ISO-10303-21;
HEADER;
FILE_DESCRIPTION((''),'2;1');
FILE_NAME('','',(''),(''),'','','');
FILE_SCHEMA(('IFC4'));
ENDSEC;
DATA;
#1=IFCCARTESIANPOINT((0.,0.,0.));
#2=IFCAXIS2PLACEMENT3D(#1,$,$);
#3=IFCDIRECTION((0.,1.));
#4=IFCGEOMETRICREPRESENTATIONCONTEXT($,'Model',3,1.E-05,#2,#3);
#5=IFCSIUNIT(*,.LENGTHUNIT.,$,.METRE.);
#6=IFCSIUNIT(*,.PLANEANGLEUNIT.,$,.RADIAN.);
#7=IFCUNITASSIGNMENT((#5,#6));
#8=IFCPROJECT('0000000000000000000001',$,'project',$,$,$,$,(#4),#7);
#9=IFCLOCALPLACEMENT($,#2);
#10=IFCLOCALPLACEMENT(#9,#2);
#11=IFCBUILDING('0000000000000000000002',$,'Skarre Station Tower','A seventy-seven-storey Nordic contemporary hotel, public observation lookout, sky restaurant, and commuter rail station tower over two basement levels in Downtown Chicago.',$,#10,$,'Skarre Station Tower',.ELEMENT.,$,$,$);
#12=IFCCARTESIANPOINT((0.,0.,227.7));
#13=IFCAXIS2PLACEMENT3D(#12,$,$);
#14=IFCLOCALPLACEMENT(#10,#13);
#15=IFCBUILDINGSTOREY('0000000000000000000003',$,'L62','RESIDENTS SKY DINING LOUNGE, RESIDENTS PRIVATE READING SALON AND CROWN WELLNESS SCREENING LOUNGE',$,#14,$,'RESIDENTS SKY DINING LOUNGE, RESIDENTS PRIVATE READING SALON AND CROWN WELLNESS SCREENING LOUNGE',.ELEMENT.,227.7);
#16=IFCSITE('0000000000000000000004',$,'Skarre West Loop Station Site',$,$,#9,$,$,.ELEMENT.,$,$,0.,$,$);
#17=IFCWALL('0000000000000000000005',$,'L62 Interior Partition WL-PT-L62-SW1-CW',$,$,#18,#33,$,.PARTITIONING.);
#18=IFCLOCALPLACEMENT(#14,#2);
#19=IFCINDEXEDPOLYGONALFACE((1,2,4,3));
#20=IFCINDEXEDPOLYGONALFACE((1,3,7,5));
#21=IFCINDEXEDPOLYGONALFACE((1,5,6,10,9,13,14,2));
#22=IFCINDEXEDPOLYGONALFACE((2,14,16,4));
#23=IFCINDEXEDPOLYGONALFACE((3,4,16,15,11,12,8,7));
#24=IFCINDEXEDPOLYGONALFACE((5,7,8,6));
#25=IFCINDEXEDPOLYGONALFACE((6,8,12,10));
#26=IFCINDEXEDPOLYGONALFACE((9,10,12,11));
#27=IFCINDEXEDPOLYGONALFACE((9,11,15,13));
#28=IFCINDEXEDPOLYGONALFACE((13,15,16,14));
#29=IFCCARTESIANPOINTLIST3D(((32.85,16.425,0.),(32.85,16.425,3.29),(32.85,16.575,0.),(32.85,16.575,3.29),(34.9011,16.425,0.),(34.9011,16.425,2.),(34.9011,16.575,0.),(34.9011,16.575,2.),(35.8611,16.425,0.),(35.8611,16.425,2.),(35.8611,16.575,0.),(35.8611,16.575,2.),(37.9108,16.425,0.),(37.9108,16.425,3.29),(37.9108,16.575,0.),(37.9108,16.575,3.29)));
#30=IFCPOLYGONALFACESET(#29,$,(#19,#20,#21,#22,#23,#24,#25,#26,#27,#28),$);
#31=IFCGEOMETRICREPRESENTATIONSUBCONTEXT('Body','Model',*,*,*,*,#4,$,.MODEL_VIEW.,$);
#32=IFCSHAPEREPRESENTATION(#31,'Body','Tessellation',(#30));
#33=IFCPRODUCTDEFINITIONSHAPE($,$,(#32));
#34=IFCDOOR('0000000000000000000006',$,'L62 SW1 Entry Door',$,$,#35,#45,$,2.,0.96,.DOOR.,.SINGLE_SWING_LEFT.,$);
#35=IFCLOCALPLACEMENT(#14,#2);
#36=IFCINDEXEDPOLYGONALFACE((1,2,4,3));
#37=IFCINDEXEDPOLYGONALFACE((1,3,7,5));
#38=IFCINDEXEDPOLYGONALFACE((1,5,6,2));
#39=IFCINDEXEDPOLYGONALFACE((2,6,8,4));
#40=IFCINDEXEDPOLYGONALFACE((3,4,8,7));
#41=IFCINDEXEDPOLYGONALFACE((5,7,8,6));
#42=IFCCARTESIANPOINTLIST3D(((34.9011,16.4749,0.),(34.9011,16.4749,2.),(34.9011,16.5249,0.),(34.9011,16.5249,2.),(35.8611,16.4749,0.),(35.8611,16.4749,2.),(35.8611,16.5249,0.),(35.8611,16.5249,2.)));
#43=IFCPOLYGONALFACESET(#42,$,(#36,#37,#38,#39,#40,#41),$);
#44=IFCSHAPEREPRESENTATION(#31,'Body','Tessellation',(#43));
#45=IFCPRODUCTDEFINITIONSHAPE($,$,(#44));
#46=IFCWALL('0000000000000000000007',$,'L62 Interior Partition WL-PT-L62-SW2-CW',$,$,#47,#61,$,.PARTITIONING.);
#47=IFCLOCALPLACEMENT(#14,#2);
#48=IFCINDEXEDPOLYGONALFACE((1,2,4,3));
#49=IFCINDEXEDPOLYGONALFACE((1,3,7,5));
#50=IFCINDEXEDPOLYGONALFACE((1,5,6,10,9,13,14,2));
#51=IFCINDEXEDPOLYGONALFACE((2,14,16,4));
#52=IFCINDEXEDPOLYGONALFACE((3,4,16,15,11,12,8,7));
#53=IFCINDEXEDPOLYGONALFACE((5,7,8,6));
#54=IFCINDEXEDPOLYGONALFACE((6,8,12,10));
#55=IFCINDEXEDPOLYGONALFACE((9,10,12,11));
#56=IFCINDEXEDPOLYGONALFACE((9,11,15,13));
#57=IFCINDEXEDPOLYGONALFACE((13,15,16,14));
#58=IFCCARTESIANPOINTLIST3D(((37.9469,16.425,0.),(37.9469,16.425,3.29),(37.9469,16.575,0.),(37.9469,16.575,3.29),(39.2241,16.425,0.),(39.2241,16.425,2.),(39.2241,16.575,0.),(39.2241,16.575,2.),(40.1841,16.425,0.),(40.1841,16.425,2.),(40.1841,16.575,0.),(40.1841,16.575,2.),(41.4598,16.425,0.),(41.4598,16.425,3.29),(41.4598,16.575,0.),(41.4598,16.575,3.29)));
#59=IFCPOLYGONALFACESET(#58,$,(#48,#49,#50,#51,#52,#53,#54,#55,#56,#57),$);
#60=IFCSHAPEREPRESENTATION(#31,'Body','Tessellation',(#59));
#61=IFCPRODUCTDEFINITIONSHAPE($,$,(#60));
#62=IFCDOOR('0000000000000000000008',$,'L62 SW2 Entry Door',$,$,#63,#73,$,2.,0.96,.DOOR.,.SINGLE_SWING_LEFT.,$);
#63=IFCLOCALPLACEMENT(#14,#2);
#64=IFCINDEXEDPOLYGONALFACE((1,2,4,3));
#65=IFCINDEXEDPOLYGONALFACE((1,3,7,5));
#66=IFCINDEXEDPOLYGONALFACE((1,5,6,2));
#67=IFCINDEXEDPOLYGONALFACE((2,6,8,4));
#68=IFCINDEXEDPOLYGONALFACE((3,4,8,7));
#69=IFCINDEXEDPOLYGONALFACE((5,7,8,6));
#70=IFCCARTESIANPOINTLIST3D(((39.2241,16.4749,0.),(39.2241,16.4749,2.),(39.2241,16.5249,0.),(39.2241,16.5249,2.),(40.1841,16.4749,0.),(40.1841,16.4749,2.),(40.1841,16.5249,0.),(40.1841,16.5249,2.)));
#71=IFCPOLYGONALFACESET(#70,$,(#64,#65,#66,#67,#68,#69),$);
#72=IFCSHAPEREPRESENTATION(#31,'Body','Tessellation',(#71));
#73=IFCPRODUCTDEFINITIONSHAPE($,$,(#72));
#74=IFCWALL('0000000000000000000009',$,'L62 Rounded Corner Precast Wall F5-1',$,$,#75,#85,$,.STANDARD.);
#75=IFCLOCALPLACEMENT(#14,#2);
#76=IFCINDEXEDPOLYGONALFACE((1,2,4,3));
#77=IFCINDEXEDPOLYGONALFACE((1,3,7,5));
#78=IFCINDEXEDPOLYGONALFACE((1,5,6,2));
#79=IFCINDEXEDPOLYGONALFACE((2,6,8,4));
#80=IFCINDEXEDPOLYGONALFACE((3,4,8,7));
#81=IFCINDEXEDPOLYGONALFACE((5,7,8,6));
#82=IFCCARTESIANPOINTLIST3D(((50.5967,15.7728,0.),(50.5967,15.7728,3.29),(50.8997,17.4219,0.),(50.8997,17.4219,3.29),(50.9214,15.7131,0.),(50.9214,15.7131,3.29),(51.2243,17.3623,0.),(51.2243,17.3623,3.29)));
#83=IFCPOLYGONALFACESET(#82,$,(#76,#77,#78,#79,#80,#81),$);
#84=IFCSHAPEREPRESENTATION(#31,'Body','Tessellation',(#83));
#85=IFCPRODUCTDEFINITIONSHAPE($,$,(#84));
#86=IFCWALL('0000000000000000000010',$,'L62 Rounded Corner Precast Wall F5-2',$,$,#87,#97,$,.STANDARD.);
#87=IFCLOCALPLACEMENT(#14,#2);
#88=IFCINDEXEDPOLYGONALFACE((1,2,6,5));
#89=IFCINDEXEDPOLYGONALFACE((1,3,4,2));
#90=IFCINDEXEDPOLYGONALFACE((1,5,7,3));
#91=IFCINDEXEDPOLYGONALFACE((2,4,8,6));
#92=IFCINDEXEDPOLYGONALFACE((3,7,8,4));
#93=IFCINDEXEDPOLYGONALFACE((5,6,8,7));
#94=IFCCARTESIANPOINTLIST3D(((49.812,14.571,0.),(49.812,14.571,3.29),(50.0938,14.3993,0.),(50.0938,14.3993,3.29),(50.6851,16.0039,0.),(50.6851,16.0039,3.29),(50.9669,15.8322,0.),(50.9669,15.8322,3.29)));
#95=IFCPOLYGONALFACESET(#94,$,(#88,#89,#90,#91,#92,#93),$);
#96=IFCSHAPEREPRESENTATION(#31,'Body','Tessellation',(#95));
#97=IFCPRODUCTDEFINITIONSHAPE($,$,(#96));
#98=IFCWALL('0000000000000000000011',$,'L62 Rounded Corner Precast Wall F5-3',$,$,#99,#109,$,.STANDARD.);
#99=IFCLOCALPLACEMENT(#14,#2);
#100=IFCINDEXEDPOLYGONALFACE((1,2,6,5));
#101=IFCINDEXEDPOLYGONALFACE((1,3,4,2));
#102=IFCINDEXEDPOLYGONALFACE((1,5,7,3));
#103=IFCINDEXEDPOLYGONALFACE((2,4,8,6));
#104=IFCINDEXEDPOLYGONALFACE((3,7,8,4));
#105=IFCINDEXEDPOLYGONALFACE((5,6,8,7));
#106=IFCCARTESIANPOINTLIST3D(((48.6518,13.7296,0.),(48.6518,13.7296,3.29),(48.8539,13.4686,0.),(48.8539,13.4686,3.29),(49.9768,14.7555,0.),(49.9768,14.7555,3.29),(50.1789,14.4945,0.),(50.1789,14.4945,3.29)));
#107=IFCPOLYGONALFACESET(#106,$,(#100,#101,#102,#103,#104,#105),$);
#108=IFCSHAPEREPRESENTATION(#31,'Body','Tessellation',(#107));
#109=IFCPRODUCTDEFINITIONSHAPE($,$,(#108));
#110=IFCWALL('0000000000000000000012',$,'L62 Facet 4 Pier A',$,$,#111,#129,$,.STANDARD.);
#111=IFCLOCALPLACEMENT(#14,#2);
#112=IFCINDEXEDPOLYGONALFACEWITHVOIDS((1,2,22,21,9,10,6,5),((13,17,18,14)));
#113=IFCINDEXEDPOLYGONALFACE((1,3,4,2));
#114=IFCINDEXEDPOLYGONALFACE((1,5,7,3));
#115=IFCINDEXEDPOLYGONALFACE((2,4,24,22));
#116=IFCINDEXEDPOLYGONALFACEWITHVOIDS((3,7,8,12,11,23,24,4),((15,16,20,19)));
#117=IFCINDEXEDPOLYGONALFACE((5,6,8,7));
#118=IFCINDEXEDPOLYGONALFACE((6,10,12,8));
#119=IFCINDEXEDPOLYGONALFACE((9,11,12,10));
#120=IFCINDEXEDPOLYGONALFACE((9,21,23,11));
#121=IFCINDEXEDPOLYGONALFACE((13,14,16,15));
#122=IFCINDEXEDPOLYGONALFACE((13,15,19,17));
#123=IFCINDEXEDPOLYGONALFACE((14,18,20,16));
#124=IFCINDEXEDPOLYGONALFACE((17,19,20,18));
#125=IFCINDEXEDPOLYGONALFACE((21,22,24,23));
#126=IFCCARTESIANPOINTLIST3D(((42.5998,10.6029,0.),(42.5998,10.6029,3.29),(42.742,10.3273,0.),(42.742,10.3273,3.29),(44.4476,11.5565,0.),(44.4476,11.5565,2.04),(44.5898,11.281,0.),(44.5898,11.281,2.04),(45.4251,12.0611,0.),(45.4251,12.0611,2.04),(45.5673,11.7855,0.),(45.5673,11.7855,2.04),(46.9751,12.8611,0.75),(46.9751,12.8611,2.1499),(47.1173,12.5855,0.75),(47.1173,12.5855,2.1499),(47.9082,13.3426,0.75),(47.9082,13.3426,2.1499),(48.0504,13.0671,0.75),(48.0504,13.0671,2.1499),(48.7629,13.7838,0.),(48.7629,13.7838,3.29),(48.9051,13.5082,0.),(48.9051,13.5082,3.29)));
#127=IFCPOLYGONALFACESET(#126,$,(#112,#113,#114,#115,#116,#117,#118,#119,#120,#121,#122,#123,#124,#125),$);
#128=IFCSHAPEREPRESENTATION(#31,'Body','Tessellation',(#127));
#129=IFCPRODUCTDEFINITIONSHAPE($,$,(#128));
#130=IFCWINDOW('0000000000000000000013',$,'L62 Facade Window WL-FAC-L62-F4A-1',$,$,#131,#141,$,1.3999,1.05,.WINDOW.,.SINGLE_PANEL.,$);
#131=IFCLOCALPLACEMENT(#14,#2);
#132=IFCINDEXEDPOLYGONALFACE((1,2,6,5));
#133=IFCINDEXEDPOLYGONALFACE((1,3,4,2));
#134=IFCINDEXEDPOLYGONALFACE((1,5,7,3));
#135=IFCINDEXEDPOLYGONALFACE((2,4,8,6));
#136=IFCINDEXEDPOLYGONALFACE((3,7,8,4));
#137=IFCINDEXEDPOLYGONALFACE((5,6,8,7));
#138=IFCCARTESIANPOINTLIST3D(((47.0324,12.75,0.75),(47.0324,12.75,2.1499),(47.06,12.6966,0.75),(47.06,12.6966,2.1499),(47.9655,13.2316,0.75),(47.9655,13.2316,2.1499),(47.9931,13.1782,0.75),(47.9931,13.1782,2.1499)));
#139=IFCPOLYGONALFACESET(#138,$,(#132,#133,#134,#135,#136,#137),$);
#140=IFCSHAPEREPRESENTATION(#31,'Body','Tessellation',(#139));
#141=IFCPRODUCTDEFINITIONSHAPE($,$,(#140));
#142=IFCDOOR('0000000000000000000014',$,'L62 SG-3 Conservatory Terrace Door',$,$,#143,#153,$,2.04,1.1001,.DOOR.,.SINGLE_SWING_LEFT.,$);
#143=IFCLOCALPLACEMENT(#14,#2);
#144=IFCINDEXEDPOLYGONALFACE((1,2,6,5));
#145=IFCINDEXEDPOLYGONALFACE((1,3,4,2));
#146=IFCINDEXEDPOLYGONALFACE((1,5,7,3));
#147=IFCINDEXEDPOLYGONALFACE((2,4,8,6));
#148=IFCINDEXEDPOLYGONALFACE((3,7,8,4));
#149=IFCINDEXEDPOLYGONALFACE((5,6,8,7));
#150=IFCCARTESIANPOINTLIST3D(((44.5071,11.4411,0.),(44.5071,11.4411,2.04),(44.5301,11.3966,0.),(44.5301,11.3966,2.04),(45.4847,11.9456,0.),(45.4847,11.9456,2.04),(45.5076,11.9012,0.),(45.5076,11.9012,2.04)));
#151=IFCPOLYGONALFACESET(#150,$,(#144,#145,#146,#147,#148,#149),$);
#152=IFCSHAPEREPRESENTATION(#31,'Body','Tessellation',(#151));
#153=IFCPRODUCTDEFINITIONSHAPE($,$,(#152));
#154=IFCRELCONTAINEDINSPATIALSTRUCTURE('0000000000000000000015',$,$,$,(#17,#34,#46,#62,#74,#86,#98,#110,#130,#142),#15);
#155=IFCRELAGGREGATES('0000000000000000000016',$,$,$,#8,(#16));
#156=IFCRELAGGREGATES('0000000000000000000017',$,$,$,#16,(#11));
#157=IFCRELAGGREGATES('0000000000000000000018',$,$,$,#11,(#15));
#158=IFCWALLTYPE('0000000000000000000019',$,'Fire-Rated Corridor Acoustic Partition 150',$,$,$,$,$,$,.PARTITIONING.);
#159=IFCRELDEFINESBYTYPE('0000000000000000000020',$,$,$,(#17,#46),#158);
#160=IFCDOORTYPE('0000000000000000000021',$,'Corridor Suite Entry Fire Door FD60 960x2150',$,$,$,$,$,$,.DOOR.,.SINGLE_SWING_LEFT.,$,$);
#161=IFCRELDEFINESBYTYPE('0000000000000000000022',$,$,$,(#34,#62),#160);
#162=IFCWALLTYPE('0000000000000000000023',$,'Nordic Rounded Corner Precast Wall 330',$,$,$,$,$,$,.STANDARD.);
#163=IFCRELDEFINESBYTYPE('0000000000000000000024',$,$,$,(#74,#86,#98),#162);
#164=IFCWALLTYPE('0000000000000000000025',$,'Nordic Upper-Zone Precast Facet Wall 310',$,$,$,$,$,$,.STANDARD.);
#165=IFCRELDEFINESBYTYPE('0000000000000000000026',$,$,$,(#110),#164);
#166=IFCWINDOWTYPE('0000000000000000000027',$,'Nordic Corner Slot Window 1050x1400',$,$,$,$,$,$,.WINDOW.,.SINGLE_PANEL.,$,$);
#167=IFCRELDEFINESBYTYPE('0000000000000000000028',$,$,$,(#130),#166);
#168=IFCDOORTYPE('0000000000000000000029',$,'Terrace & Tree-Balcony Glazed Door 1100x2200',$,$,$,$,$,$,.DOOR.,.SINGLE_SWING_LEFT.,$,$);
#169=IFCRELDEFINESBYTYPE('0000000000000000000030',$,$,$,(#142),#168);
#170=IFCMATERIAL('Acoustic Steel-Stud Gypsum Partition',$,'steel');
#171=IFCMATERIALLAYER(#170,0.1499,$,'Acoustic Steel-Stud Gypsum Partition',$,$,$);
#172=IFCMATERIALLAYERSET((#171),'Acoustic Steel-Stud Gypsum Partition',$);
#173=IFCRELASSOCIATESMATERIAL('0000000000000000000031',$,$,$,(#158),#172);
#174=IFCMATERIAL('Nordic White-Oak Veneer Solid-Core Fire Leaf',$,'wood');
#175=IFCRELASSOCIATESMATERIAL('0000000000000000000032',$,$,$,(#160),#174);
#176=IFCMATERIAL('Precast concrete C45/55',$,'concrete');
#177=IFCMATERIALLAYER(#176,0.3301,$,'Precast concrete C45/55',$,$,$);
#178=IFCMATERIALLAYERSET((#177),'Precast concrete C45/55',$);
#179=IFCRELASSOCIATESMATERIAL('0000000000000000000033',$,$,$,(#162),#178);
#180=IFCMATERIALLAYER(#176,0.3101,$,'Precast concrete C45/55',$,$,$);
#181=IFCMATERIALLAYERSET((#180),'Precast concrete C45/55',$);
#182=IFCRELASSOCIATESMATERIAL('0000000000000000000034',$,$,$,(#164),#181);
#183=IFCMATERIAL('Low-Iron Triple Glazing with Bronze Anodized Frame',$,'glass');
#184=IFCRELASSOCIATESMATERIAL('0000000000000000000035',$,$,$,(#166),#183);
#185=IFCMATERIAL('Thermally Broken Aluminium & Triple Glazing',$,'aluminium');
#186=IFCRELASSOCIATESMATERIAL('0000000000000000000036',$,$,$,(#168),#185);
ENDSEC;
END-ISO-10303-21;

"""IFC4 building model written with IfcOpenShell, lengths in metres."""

from ifc_helpers import new_model, si_unit, direction, frame, frame_2d, origin, place, context, subcontext, project, spatial, rectangle, extrude, material, layer, layer_set, type_object, element, fill, save


model = new_model("IFC4")

# Units and contexts
model_context = context("Model", 3, precision=1e-05, world=origin(), true_north=direction((0.0, 1.0)))
body_context = subcontext(model_context, "Body", "Model", "MODEL_VIEW")
ifc_project = project(units=[si_unit("LENGTHUNIT", "METRE"), si_unit("PLANEANGLEUNIT", "RADIAN")], contexts=[model_context])

# Site, building, storey
site_placement = place(None, origin())
site = spatial("IfcSite", under=ifc_project, at=site_placement, Name="Skarre West Loop Station Site", CompositionType="ELEMENT", RefElevation=0.0)
building_placement = place(site_placement, origin())
building = spatial("IfcBuilding", under=site, at=building_placement, Name="Skarre Station Tower", Description="A seventy-seven-storey Nordic contemporary hotel, public observation lookout, sky restaurant, and commuter rail station tower over two basement levels in Downtown Chicago.", LongName="Skarre Station Tower", CompositionType="ELEMENT")
storey_placement = place(building_placement, frame((0.0, 0.0, 227.7)))
storey = spatial("IfcBuildingStorey", under=building, at=storey_placement, Name="L62", Description="RESIDENTS SKY DINING LOUNGE, RESIDENTS PRIVATE READING SALON AND CROWN WELLNESS SCREENING LOUNGE", LongName="RESIDENTS SKY DINING LOUNGE, RESIDENTS PRIVATE READING SALON AND CROWN WELLNESS SCREENING LOUNGE", CompositionType="ELEMENT", Elevation=227.7)

# Shared definitions
ifc_material_1 = material(Name="Acoustic Steel-Stud Gypsum Partition", Category="steel")
ifc_layer_1 = layer(ifc_material_1, 0.1499, Name="Acoustic Steel-Stud Gypsum Partition")
ifc_layer_set_1 = layer_set([ifc_layer_1], Name="Acoustic Steel-Stud Gypsum Partition")
wall_type_1 = type_object("IfcWallType", Name="Fire-Rated Corridor Acoustic Partition 150", PredefinedType="PARTITIONING", material=ifc_layer_set_1)

# Shared definitions
ifc_material_2 = material(Name="Nordic White-Oak Veneer Solid-Core Fire Leaf", Category="wood")
door_type_1 = type_object("IfcDoorType", Name="Corridor Suite Entry Fire Door FD60 960x2150", OperationType="SINGLE_SWING_LEFT", PredefinedType="DOOR", material=ifc_material_2)

# Walls, openings, doors
wall_1_placement = place(storey_placement, frame((32.8501, 16.5, 0.0), z_axis=(0.0, 0.0, 1.0), x_axis=(1.0, 0.0, 0.0)))
wall_1 = element("IfcWall", 1, at=wall_1_placement, inside=storey, type_object=wall_type_1, Name="L62 Interior Partition WL-PT-L62-SW1-CW", PredefinedType="PARTITIONING", context=body_context, shape_type="SweptSolid", body=[
    extrude(rectangle(XDim=5.0608, YDim=0.1499, at=frame_2d((2.5303, 0.0))), origin(), (0.0, 0.0, 1.0), 3.29),
])
opening_1_placement = place(wall_1_placement, frame((2.051, 0.0, 0.0)))
opening_1 = element("IfcOpeningElement", 2, at=opening_1_placement, cuts=wall_1, PredefinedType="OPENING", context=body_context, shape_type="SweptSolid", body=[
    extrude(rectangle(XDim=0.96, YDim=2.0, at=frame_2d((0.48, 1.0))), frame((0.0, 0.085, 0.0), z_axis=(0.0, -1.0, 0.0), x_axis=(1.0, 0.0, 0.0)), (0.0, 0.0, 1.0), 0.1699),
])
door_1_placement = place(opening_1_placement, origin())
door_1 = element("IfcDoor", 3, at=door_1_placement, inside=storey, type_object=door_type_1, Name="L62 SW1 Entry Door", OperationType="SINGLE_SWING_LEFT", OverallHeight=2.0, OverallWidth=0.96, PredefinedType="DOOR", context=body_context, shape_type="SweptSolid", body=[
    extrude(rectangle(XDim=0.96, YDim=2.0, at=frame_2d((0.48, 1.0))), frame((0.0, 0.0249, 0.0), z_axis=(0.0, -1.0, 0.0), x_axis=(1.0, 0.0, 0.0)), (0.0, 0.0, 1.0), 0.05),
])
fill(opening_1, door_1)
wall_2_placement = place(storey_placement, frame((37.947, 16.5, 0.0), z_axis=(0.0, 0.0, 1.0), x_axis=(1.0, 0.0, 0.0)))
wall_2 = element("IfcWall", 4, at=wall_2_placement, inside=storey, type_object=wall_type_1, Name="L62 Interior Partition WL-PT-L62-SW2-CW", PredefinedType="PARTITIONING", context=body_context, shape_type="SweptSolid", body=[
    extrude(rectangle(XDim=3.5129, YDim=0.1499, at=frame_2d((1.7563, 0.0))), origin(), (0.0, 0.0, 1.0), 3.29),
])
opening_2_placement = place(wall_2_placement, frame((1.2771, 0.0, 0.0)))
opening_2 = element("IfcOpeningElement", 5, at=opening_2_placement, cuts=wall_2, PredefinedType="OPENING", context=body_context, shape_type="SweptSolid", body=[
    extrude(rectangle(XDim=0.96, YDim=2.0, at=frame_2d((0.48, 1.0))), frame((0.0, 0.085, 0.0), z_axis=(0.0, -1.0, 0.0), x_axis=(1.0, 0.0, 0.0)), (0.0, 0.0, 1.0), 0.1699),
])
door_2_placement = place(opening_2_placement, origin())
door_2 = element("IfcDoor", 6, at=door_2_placement, inside=storey, type_object=door_type_1, Name="L62 SW2 Entry Door", OperationType="SINGLE_SWING_LEFT", OverallHeight=2.0, OverallWidth=0.96, PredefinedType="DOOR", context=body_context, shape_type="SweptSolid", body=[
    extrude(rectangle(XDim=0.96, YDim=2.0, at=frame_2d((0.48, 1.0))), frame((0.0, 0.0249, 0.0), z_axis=(0.0, -1.0, 0.0), x_axis=(1.0, 0.0, 0.0)), (0.0, 0.0, 1.0), 0.05),
])
fill(opening_2, door_2)

# Walls
ifc_material_3 = material(Name="Precast concrete C45/55", Category="concrete")
ifc_layer_2 = layer(ifc_material_3, 0.3301, Name="Precast concrete C45/55")
ifc_layer_set_2 = layer_set([ifc_layer_2], Name="Precast concrete C45/55")
wall_type_2 = type_object("IfcWallType", Name="Nordic Rounded Corner Precast Wall 330", PredefinedType="STANDARD", material=ifc_layer_set_2)
wall_3_placement = place(storey_placement, frame((51.062, 17.3921, 0.0), z_axis=(0.0, 0.0, 1.0), x_axis=(-0.180692, -0.98354, 0.0)))
element("IfcWall", 7, at=wall_3_placement, inside=storey, type_object=wall_type_2, Name="L62 Rounded Corner Precast Wall F5-1", PredefinedType="STANDARD", context=body_context, shape_type="SweptSolid", body=[
    extrude(rectangle(XDim=1.6768, YDim=0.3301, at=frame_2d((0.8384, 0.0))), origin(), (0.0, 0.0, 1.0), 3.29),
])
wall_4_placement = place(storey_placement, frame((50.8259, 15.918, 0.0), z_axis=(0.0, 0.0, 1.0), x_axis=(-0.520325, -0.853968, 0.0)))
element("IfcWall", 8, at=wall_4_placement, inside=storey, type_object=wall_type_2, Name="L62 Rounded Corner Precast Wall F5-2", PredefinedType="STANDARD", context=body_context, shape_type="SweptSolid", body=[
    extrude(rectangle(XDim=1.678, YDim=0.3301, at=frame_2d((0.8389, 0.0))), origin(), (0.0, 0.0, 1.0), 3.29),
])
wall_5_placement = place(storey_placement, frame((50.0779, 14.625, 0.0), z_axis=(0.0, 0.0, 1.0), x_axis=(-0.790692, -0.612214, 0.0)))
element("IfcWall", 9, at=wall_5_placement, inside=storey, type_object=wall_type_2, Name="L62 Rounded Corner Precast Wall F5-3", PredefinedType="STANDARD", context=body_context, shape_type="SweptSolid", body=[
    extrude(rectangle(XDim=1.6758, YDim=0.3301, at=frame_2d((0.8379, 0.0))), origin(), (0.0, 0.0, 1.0), 3.29),
])

# Wall, openings, window, door
ifc_layer_3 = layer(ifc_material_3, 0.3101, Name="Precast concrete C45/55")
ifc_layer_set_3 = layer_set([ifc_layer_3], Name="Precast concrete C45/55")
wall_type_3 = type_object("IfcWallType", Name="Nordic Upper-Zone Precast Facet Wall 310", PredefinedType="STANDARD", material=ifc_layer_set_3)
wall_6_placement = place(storey_placement, frame((48.834, 13.646, 0.0), z_axis=(0.0, 0.0, 1.0), x_axis=(-0.888623, -0.458638, 0.0)))
wall_6 = element("IfcWall", 10, at=wall_6_placement, inside=storey, type_object=wall_type_3, Name="L62 Facet 4 Pier A", PredefinedType="STANDARD", context=body_context, shape_type="SweptSolid", body=[
    extrude(rectangle(XDim=6.9355, YDim=0.3101, at=frame_2d((3.4678, 0.0))), origin(), (0.0, 0.0, 1.0), 3.29),
])
opening_3_placement = place(wall_6_placement, frame((3.7561, 0.0, 0.0)))
opening_3 = element("IfcOpeningElement", 11, at=opening_3_placement, cuts=wall_6, PredefinedType="OPENING", context=body_context, shape_type="SweptSolid", body=[
    extrude(rectangle(XDim=1.1001, YDim=2.04, at=frame_2d((0.55, 1.02))), frame((0.0, 0.165, 0.0), z_axis=(0.0, -1.0, 0.0), x_axis=(1.0, 0.0, 0.0)), (0.0, 0.0, 1.0), 0.3301),
])
opening_4_placement = place(wall_6_placement, frame((0.9619, 0.0, 0.75)))
opening_4 = element("IfcOpeningElement", 12, at=opening_4_placement, cuts=wall_6, PredefinedType="OPENING", context=body_context, shape_type="SweptSolid", body=[
    extrude(rectangle(XDim=1.05, YDim=1.3999, at=frame_2d((0.5249, 0.7))), frame((0.0, 0.165, 0.0), z_axis=(0.0, -1.0, 0.0), x_axis=(1.0, 0.0, 0.0)), (0.0, 0.0, 1.0), 0.3301),
])
ifc_material_4 = material(Name="Low-Iron Triple Glazing with Bronze Anodized Frame", Category="glass")
window_type = type_object("IfcWindowType", Name="Nordic Corner Slot Window 1050x1400", PartitioningType="SINGLE_PANEL", PredefinedType="WINDOW", material=ifc_material_4)
window_placement = place(opening_4_placement, origin())
window = element("IfcWindow", 13, at=window_placement, inside=storey, type_object=window_type, Name="L62 Facade Window WL-FAC-L62-F4A-1", OverallHeight=1.3999, OverallWidth=1.05, PartitioningType="SINGLE_PANEL", PredefinedType="WINDOW", context=body_context, shape_type="SweptSolid", body=[
    extrude(rectangle(XDim=1.05, YDim=1.3999, at=frame_2d((0.5249, 0.7))), frame((0.0, 0.03, 0.0), z_axis=(0.0, -1.0, 0.0), x_axis=(1.0, 0.0, 0.0)), (0.0, 0.0, 1.0), 0.0601),
])
fill(opening_4, window)
ifc_material_5 = material(Name="Thermally Broken Aluminium & Triple Glazing", Category="aluminium")
door_type_2 = type_object("IfcDoorType", Name="Terrace & Tree-Balcony Glazed Door 1100x2200", OperationType="SINGLE_SWING_LEFT", PredefinedType="DOOR", material=ifc_material_5)
door_3_placement = place(opening_3_placement, origin())
door_3 = element("IfcDoor", 14, at=door_3_placement, inside=storey, type_object=door_type_2, Name="L62 SG-3 Conservatory Terrace Door", OperationType="SINGLE_SWING_LEFT", OverallHeight=2.04, OverallWidth=1.1001, PredefinedType="DOOR", context=body_context, shape_type="SweptSolid", body=[
    extrude(rectangle(XDim=1.1001, YDim=2.04, at=frame_2d((0.55, 1.02))), frame((0.0, 0.0249, 0.0), z_axis=(0.0, -1.0, 0.0), x_axis=(1.0, 0.0, 0.0)), (0.0, 0.0, 1.0), 0.05),
])
fill(opening_3, door_3)

save(model, "model.ifc")
